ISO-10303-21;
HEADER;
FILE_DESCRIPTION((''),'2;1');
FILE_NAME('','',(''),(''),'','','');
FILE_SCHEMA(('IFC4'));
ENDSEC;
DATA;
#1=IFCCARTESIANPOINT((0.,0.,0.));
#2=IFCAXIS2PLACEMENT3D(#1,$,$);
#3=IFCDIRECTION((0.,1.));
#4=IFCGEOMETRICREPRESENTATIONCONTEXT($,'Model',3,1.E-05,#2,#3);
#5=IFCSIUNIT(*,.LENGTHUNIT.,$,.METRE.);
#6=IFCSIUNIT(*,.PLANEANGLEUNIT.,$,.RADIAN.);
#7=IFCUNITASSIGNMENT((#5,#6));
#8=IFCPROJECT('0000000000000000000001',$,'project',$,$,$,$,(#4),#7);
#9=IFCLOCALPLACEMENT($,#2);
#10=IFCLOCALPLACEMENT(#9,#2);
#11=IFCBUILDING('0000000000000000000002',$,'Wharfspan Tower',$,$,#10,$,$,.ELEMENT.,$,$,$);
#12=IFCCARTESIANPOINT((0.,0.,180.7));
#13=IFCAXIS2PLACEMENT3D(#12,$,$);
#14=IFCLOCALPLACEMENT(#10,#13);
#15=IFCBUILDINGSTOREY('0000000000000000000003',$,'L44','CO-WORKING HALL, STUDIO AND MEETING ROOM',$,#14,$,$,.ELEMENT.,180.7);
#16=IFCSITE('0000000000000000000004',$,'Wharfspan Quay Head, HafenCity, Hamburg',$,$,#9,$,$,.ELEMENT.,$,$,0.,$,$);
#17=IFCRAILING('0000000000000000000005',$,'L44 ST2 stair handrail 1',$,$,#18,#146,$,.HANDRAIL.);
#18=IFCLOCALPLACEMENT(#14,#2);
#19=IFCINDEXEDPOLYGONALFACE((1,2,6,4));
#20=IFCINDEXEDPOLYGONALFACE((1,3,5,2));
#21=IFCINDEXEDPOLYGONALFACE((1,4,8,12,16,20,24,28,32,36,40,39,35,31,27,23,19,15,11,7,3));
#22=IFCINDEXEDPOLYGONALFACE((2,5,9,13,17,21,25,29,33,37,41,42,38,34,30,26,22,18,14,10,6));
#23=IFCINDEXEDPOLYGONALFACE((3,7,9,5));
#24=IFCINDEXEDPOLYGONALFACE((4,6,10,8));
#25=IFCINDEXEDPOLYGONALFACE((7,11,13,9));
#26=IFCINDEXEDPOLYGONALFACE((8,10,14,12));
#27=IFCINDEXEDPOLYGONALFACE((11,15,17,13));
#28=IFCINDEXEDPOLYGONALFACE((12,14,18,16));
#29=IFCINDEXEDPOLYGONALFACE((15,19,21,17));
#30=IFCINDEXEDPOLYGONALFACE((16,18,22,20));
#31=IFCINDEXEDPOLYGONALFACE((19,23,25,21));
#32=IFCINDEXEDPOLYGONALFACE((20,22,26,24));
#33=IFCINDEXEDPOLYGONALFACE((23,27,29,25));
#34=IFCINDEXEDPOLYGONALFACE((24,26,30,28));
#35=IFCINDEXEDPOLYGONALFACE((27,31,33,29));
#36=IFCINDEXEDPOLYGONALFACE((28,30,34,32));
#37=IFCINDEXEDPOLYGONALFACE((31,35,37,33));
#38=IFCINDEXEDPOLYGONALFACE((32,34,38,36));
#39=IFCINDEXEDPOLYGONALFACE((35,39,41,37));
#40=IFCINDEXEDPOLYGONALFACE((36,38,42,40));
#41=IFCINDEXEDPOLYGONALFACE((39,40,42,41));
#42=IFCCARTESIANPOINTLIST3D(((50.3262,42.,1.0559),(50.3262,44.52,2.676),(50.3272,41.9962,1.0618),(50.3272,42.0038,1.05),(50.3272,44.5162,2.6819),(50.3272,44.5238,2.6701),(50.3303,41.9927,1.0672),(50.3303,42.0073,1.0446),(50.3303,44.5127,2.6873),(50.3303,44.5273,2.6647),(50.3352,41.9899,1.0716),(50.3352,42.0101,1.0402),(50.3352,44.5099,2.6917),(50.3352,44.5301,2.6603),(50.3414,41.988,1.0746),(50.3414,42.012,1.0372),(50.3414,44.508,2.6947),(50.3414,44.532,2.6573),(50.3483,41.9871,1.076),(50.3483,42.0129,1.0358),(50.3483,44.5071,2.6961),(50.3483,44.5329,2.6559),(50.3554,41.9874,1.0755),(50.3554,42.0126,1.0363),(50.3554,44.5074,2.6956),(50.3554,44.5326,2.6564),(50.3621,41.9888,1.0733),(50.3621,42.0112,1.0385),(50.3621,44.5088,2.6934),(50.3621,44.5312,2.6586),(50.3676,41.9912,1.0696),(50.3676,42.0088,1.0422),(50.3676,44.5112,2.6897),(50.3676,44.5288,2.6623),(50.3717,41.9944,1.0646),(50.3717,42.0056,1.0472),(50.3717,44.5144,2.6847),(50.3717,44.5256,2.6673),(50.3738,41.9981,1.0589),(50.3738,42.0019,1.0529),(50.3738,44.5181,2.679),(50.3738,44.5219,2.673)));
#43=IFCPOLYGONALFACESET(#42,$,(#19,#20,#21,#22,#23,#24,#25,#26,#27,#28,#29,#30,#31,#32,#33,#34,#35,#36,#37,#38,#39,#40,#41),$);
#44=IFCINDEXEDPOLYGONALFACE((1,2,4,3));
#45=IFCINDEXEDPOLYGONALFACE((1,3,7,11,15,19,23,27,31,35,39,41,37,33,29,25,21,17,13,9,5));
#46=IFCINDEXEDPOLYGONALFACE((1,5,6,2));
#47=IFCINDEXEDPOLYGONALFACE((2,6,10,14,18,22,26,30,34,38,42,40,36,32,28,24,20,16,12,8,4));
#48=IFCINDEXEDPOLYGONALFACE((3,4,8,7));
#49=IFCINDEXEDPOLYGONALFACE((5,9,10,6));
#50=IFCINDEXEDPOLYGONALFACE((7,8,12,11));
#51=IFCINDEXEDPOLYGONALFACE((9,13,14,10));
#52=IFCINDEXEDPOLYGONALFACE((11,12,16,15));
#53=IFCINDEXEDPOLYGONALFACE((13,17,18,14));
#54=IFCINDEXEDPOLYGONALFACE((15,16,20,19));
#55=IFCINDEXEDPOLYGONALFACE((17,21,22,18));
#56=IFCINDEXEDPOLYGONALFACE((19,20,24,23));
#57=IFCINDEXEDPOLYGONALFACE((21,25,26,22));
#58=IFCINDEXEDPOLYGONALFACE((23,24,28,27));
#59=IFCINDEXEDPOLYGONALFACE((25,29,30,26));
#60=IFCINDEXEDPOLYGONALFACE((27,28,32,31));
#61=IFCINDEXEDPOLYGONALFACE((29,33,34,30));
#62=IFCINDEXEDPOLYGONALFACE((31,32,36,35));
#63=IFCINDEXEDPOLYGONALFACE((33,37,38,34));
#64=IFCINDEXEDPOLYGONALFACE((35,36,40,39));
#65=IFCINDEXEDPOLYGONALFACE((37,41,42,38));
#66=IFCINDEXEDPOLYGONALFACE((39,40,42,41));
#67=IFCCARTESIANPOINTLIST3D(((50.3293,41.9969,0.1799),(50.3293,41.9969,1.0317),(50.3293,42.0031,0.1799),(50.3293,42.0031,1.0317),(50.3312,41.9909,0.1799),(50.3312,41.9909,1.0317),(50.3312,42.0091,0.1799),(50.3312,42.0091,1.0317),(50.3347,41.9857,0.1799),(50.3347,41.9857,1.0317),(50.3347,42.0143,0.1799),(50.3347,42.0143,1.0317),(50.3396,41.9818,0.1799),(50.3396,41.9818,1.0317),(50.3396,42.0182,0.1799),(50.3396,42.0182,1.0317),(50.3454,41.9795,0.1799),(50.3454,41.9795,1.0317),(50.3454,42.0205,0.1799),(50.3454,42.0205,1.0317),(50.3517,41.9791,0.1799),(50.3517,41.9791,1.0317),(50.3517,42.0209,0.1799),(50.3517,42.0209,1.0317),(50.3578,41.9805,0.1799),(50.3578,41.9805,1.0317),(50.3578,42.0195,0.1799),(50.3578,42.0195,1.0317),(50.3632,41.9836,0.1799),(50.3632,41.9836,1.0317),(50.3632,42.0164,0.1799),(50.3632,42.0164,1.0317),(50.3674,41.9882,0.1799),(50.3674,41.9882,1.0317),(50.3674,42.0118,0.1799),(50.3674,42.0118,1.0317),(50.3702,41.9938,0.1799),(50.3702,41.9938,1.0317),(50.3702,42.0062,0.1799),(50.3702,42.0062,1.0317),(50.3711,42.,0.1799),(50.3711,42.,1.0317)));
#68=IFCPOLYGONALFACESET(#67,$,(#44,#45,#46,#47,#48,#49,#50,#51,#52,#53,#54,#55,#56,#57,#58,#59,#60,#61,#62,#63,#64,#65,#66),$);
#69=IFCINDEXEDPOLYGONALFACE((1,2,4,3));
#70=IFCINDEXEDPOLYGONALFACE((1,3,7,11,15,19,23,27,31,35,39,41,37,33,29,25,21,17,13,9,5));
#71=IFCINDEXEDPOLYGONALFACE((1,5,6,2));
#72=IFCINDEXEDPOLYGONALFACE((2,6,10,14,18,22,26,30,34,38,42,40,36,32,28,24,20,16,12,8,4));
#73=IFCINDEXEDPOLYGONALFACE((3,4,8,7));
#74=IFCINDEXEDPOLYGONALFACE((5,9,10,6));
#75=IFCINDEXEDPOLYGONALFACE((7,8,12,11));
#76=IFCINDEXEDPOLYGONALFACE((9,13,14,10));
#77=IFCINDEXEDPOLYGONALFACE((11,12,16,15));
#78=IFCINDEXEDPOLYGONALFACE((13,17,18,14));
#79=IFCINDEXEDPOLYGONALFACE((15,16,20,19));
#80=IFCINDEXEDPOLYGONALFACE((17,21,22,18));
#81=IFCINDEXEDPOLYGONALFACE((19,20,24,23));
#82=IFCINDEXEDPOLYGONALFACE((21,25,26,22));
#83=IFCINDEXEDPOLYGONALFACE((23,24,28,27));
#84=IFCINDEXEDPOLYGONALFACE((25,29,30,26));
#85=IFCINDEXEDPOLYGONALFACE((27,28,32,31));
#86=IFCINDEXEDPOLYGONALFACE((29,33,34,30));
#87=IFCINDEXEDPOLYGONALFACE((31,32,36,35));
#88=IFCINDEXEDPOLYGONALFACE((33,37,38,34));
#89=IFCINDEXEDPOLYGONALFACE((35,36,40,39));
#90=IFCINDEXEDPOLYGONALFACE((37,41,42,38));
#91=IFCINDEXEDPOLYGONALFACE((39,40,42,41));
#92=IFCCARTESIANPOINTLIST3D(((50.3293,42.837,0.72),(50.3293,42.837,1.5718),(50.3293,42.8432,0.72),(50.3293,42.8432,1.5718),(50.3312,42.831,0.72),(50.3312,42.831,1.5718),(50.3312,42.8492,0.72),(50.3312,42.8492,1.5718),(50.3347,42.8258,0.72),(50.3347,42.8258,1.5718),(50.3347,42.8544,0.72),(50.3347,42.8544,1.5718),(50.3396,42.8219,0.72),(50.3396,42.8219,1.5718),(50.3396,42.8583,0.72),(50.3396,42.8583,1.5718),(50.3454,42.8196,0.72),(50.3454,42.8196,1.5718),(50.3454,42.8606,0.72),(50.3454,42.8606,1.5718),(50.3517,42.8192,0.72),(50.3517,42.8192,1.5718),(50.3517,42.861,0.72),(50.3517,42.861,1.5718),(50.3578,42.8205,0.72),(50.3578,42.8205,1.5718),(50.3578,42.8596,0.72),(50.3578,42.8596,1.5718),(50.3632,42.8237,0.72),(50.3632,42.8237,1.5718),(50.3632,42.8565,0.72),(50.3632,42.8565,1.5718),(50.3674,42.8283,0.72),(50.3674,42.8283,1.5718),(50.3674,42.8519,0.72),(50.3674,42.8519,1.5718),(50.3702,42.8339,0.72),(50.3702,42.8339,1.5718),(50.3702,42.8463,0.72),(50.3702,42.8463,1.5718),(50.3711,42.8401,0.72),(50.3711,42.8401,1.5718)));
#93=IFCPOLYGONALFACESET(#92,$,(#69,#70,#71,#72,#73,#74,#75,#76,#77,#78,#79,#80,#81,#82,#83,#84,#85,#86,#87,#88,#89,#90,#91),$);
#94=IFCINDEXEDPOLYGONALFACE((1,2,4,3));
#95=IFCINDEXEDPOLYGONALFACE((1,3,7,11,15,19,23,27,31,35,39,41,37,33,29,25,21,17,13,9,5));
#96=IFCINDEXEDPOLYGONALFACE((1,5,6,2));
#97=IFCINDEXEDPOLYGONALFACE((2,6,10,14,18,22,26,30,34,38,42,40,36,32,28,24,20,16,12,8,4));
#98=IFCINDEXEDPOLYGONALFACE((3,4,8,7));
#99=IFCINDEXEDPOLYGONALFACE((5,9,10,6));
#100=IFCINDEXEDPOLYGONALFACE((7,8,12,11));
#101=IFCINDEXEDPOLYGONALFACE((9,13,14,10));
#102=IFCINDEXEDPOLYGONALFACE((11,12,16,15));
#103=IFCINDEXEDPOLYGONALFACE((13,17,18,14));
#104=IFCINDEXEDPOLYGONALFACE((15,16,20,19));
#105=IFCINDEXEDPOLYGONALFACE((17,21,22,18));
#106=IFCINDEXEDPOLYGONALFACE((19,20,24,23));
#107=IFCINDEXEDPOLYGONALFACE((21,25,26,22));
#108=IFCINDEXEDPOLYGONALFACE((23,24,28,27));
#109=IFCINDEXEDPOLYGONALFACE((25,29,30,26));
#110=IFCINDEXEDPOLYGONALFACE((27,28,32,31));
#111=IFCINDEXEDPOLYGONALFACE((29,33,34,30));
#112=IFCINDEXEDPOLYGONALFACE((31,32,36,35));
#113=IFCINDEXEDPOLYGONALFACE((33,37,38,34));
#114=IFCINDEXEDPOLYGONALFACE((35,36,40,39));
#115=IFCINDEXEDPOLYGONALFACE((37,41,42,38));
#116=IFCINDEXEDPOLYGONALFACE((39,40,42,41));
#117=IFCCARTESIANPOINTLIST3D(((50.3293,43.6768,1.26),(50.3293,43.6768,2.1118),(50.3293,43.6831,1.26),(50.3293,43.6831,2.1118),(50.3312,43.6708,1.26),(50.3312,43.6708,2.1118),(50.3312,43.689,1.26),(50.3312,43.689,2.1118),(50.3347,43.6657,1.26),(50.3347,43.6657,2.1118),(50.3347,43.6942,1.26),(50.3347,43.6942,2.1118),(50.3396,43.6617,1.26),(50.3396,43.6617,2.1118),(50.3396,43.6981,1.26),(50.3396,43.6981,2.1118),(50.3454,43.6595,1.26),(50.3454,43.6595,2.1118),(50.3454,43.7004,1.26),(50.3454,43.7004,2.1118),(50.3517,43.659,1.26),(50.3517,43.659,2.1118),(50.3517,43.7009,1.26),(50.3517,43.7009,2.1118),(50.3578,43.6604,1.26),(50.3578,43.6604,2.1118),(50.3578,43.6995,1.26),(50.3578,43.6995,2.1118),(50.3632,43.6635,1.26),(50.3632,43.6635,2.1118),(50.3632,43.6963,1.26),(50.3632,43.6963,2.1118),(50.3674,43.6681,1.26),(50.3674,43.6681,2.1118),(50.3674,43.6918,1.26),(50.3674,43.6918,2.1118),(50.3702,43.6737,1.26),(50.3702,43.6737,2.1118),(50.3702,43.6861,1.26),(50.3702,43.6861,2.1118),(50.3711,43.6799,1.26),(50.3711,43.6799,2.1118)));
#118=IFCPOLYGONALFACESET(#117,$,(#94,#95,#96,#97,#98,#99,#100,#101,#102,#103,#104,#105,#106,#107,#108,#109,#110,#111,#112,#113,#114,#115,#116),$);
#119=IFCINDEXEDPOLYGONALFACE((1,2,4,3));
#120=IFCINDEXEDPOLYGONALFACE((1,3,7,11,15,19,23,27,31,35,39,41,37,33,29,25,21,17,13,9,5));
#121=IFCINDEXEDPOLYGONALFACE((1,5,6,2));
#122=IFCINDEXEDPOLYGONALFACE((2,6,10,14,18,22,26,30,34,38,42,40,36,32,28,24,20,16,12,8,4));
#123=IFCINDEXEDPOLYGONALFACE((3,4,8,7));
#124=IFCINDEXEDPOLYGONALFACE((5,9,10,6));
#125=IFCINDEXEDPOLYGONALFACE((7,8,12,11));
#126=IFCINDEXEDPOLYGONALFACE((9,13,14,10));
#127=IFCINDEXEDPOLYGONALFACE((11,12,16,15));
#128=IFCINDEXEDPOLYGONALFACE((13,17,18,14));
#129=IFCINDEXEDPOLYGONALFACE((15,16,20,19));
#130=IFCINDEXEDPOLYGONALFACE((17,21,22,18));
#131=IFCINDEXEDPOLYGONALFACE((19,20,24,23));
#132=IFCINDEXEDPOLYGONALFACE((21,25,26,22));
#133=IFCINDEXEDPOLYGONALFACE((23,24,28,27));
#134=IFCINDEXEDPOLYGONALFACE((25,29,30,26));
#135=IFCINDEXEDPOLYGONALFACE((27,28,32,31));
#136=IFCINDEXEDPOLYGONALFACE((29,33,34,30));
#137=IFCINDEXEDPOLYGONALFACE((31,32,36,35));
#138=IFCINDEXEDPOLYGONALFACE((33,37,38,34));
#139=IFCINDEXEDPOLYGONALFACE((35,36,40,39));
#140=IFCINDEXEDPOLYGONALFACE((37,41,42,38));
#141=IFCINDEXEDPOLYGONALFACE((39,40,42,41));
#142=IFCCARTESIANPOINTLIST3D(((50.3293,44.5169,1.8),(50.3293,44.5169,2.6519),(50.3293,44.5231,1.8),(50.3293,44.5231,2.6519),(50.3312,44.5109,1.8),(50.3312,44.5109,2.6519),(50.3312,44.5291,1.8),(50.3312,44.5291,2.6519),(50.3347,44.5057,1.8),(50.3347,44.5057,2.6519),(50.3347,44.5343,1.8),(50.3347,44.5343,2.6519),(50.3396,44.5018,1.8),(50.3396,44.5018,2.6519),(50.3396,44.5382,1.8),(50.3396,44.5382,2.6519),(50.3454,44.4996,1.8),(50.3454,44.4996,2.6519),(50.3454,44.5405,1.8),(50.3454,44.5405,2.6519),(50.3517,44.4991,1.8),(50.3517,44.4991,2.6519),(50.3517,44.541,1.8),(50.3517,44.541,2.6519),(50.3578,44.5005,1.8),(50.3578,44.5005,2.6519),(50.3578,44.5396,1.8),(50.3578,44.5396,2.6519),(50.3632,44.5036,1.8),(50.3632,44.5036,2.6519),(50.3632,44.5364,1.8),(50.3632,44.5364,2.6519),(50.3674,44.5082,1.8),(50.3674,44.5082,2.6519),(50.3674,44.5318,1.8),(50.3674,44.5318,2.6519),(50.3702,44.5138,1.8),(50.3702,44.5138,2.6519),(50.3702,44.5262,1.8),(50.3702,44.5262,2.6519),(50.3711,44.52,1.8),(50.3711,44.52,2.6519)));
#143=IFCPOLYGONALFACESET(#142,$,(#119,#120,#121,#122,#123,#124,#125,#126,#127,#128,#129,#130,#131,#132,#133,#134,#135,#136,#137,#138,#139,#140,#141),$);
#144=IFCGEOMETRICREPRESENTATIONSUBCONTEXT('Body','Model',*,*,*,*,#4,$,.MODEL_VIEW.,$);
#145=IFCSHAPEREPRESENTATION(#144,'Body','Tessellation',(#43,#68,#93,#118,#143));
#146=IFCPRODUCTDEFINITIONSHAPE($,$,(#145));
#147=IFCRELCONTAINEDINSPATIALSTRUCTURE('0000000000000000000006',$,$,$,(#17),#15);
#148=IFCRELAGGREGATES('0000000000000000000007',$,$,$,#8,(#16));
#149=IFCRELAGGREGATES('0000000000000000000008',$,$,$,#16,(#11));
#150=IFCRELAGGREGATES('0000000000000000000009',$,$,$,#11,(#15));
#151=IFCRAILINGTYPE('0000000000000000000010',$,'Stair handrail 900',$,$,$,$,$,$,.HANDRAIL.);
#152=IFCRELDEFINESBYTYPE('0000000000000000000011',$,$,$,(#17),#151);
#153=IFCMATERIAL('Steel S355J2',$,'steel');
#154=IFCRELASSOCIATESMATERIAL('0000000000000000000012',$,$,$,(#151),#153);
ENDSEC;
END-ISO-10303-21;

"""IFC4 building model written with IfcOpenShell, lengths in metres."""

from ifc_helpers import new_model, si_unit, direction, frame, origin, origin_2d, place, context, subcontext, project, spatial, circle, extrude, material, type_object, element, save


model = new_model("IFC4")

# Units and contexts
model_context = context("Model", 3, precision=1e-05, world=origin(), true_north=direction((0.0, 1.0)))
body_context = subcontext(model_context, "Body", "Model", "MODEL_VIEW")
ifc_project = project(units=[si_unit("LENGTHUNIT", "METRE"), si_unit("PLANEANGLEUNIT", "RADIAN")], contexts=[model_context])

# Site, building, storey
site_placement = place(None, origin())
site = spatial("IfcSite", under=ifc_project, at=site_placement, Name="Wharfspan Quay Head, HafenCity, Hamburg", CompositionType="ELEMENT", RefElevation=0.0)
building_placement = place(site_placement, origin())
building = spatial("IfcBuilding", under=site, at=building_placement, Name="Wharfspan Tower", CompositionType="ELEMENT")
storey_placement = place(building_placement, frame((0.0, 0.0, 180.7)))
storey = spatial("IfcBuildingStorey", under=building, at=storey_placement, Name="L44", Description="CO-WORKING HALL, STUDIO AND MEETING ROOM", CompositionType="ELEMENT", Elevation=180.7)

# Shared definitions
ifc_material_1 = material(Name="Steel S355J2", Category="steel")

# Railing
railing_type_1 = type_object("IfcRailingType", Name="Stair handrail 900", PredefinedType="HANDRAIL", material=ifc_material_1)
railing_1_placement = place(storey_placement, frame((50.3501, 42.0, 0.1799)))
element("IfcRailing", 1, at=railing_1_placement, inside=storey, type_object=railing_type_1, Name="L44 ST2 stair handrail 1", PredefinedType="HANDRAIL", context=body_context, shape_type="SweptSolid", body=[
    extrude(circle(Radius=0.0239, at=origin_2d()), frame((0.0, 0.0, 0.876), z_axis=(0.0, 0.841163, 0.540782), x_axis=(-1.0, 0.0, 0.0)), (0.0, 0.0, 1.0), 2.9958),
    extrude(circle(Radius=0.021, at=origin_2d()), origin(), (0.0, 0.0, 1.0), 0.8518),
    extrude(circle(Radius=0.021, at=origin_2d()), frame((0.0, 0.8401, 0.54)), (0.0, 0.0, 1.0), 0.8518),
    extrude(circle(Radius=0.021, at=origin_2d()), frame((0.0, 1.6799, 1.0801)), (0.0, 0.0, 1.0), 0.8518),
    extrude(circle(Radius=0.021, at=origin_2d()), frame((0.0, 2.52, 1.6201)), (0.0, 0.0, 1.0), 0.8518),
])

save(model, "model.ifc")
